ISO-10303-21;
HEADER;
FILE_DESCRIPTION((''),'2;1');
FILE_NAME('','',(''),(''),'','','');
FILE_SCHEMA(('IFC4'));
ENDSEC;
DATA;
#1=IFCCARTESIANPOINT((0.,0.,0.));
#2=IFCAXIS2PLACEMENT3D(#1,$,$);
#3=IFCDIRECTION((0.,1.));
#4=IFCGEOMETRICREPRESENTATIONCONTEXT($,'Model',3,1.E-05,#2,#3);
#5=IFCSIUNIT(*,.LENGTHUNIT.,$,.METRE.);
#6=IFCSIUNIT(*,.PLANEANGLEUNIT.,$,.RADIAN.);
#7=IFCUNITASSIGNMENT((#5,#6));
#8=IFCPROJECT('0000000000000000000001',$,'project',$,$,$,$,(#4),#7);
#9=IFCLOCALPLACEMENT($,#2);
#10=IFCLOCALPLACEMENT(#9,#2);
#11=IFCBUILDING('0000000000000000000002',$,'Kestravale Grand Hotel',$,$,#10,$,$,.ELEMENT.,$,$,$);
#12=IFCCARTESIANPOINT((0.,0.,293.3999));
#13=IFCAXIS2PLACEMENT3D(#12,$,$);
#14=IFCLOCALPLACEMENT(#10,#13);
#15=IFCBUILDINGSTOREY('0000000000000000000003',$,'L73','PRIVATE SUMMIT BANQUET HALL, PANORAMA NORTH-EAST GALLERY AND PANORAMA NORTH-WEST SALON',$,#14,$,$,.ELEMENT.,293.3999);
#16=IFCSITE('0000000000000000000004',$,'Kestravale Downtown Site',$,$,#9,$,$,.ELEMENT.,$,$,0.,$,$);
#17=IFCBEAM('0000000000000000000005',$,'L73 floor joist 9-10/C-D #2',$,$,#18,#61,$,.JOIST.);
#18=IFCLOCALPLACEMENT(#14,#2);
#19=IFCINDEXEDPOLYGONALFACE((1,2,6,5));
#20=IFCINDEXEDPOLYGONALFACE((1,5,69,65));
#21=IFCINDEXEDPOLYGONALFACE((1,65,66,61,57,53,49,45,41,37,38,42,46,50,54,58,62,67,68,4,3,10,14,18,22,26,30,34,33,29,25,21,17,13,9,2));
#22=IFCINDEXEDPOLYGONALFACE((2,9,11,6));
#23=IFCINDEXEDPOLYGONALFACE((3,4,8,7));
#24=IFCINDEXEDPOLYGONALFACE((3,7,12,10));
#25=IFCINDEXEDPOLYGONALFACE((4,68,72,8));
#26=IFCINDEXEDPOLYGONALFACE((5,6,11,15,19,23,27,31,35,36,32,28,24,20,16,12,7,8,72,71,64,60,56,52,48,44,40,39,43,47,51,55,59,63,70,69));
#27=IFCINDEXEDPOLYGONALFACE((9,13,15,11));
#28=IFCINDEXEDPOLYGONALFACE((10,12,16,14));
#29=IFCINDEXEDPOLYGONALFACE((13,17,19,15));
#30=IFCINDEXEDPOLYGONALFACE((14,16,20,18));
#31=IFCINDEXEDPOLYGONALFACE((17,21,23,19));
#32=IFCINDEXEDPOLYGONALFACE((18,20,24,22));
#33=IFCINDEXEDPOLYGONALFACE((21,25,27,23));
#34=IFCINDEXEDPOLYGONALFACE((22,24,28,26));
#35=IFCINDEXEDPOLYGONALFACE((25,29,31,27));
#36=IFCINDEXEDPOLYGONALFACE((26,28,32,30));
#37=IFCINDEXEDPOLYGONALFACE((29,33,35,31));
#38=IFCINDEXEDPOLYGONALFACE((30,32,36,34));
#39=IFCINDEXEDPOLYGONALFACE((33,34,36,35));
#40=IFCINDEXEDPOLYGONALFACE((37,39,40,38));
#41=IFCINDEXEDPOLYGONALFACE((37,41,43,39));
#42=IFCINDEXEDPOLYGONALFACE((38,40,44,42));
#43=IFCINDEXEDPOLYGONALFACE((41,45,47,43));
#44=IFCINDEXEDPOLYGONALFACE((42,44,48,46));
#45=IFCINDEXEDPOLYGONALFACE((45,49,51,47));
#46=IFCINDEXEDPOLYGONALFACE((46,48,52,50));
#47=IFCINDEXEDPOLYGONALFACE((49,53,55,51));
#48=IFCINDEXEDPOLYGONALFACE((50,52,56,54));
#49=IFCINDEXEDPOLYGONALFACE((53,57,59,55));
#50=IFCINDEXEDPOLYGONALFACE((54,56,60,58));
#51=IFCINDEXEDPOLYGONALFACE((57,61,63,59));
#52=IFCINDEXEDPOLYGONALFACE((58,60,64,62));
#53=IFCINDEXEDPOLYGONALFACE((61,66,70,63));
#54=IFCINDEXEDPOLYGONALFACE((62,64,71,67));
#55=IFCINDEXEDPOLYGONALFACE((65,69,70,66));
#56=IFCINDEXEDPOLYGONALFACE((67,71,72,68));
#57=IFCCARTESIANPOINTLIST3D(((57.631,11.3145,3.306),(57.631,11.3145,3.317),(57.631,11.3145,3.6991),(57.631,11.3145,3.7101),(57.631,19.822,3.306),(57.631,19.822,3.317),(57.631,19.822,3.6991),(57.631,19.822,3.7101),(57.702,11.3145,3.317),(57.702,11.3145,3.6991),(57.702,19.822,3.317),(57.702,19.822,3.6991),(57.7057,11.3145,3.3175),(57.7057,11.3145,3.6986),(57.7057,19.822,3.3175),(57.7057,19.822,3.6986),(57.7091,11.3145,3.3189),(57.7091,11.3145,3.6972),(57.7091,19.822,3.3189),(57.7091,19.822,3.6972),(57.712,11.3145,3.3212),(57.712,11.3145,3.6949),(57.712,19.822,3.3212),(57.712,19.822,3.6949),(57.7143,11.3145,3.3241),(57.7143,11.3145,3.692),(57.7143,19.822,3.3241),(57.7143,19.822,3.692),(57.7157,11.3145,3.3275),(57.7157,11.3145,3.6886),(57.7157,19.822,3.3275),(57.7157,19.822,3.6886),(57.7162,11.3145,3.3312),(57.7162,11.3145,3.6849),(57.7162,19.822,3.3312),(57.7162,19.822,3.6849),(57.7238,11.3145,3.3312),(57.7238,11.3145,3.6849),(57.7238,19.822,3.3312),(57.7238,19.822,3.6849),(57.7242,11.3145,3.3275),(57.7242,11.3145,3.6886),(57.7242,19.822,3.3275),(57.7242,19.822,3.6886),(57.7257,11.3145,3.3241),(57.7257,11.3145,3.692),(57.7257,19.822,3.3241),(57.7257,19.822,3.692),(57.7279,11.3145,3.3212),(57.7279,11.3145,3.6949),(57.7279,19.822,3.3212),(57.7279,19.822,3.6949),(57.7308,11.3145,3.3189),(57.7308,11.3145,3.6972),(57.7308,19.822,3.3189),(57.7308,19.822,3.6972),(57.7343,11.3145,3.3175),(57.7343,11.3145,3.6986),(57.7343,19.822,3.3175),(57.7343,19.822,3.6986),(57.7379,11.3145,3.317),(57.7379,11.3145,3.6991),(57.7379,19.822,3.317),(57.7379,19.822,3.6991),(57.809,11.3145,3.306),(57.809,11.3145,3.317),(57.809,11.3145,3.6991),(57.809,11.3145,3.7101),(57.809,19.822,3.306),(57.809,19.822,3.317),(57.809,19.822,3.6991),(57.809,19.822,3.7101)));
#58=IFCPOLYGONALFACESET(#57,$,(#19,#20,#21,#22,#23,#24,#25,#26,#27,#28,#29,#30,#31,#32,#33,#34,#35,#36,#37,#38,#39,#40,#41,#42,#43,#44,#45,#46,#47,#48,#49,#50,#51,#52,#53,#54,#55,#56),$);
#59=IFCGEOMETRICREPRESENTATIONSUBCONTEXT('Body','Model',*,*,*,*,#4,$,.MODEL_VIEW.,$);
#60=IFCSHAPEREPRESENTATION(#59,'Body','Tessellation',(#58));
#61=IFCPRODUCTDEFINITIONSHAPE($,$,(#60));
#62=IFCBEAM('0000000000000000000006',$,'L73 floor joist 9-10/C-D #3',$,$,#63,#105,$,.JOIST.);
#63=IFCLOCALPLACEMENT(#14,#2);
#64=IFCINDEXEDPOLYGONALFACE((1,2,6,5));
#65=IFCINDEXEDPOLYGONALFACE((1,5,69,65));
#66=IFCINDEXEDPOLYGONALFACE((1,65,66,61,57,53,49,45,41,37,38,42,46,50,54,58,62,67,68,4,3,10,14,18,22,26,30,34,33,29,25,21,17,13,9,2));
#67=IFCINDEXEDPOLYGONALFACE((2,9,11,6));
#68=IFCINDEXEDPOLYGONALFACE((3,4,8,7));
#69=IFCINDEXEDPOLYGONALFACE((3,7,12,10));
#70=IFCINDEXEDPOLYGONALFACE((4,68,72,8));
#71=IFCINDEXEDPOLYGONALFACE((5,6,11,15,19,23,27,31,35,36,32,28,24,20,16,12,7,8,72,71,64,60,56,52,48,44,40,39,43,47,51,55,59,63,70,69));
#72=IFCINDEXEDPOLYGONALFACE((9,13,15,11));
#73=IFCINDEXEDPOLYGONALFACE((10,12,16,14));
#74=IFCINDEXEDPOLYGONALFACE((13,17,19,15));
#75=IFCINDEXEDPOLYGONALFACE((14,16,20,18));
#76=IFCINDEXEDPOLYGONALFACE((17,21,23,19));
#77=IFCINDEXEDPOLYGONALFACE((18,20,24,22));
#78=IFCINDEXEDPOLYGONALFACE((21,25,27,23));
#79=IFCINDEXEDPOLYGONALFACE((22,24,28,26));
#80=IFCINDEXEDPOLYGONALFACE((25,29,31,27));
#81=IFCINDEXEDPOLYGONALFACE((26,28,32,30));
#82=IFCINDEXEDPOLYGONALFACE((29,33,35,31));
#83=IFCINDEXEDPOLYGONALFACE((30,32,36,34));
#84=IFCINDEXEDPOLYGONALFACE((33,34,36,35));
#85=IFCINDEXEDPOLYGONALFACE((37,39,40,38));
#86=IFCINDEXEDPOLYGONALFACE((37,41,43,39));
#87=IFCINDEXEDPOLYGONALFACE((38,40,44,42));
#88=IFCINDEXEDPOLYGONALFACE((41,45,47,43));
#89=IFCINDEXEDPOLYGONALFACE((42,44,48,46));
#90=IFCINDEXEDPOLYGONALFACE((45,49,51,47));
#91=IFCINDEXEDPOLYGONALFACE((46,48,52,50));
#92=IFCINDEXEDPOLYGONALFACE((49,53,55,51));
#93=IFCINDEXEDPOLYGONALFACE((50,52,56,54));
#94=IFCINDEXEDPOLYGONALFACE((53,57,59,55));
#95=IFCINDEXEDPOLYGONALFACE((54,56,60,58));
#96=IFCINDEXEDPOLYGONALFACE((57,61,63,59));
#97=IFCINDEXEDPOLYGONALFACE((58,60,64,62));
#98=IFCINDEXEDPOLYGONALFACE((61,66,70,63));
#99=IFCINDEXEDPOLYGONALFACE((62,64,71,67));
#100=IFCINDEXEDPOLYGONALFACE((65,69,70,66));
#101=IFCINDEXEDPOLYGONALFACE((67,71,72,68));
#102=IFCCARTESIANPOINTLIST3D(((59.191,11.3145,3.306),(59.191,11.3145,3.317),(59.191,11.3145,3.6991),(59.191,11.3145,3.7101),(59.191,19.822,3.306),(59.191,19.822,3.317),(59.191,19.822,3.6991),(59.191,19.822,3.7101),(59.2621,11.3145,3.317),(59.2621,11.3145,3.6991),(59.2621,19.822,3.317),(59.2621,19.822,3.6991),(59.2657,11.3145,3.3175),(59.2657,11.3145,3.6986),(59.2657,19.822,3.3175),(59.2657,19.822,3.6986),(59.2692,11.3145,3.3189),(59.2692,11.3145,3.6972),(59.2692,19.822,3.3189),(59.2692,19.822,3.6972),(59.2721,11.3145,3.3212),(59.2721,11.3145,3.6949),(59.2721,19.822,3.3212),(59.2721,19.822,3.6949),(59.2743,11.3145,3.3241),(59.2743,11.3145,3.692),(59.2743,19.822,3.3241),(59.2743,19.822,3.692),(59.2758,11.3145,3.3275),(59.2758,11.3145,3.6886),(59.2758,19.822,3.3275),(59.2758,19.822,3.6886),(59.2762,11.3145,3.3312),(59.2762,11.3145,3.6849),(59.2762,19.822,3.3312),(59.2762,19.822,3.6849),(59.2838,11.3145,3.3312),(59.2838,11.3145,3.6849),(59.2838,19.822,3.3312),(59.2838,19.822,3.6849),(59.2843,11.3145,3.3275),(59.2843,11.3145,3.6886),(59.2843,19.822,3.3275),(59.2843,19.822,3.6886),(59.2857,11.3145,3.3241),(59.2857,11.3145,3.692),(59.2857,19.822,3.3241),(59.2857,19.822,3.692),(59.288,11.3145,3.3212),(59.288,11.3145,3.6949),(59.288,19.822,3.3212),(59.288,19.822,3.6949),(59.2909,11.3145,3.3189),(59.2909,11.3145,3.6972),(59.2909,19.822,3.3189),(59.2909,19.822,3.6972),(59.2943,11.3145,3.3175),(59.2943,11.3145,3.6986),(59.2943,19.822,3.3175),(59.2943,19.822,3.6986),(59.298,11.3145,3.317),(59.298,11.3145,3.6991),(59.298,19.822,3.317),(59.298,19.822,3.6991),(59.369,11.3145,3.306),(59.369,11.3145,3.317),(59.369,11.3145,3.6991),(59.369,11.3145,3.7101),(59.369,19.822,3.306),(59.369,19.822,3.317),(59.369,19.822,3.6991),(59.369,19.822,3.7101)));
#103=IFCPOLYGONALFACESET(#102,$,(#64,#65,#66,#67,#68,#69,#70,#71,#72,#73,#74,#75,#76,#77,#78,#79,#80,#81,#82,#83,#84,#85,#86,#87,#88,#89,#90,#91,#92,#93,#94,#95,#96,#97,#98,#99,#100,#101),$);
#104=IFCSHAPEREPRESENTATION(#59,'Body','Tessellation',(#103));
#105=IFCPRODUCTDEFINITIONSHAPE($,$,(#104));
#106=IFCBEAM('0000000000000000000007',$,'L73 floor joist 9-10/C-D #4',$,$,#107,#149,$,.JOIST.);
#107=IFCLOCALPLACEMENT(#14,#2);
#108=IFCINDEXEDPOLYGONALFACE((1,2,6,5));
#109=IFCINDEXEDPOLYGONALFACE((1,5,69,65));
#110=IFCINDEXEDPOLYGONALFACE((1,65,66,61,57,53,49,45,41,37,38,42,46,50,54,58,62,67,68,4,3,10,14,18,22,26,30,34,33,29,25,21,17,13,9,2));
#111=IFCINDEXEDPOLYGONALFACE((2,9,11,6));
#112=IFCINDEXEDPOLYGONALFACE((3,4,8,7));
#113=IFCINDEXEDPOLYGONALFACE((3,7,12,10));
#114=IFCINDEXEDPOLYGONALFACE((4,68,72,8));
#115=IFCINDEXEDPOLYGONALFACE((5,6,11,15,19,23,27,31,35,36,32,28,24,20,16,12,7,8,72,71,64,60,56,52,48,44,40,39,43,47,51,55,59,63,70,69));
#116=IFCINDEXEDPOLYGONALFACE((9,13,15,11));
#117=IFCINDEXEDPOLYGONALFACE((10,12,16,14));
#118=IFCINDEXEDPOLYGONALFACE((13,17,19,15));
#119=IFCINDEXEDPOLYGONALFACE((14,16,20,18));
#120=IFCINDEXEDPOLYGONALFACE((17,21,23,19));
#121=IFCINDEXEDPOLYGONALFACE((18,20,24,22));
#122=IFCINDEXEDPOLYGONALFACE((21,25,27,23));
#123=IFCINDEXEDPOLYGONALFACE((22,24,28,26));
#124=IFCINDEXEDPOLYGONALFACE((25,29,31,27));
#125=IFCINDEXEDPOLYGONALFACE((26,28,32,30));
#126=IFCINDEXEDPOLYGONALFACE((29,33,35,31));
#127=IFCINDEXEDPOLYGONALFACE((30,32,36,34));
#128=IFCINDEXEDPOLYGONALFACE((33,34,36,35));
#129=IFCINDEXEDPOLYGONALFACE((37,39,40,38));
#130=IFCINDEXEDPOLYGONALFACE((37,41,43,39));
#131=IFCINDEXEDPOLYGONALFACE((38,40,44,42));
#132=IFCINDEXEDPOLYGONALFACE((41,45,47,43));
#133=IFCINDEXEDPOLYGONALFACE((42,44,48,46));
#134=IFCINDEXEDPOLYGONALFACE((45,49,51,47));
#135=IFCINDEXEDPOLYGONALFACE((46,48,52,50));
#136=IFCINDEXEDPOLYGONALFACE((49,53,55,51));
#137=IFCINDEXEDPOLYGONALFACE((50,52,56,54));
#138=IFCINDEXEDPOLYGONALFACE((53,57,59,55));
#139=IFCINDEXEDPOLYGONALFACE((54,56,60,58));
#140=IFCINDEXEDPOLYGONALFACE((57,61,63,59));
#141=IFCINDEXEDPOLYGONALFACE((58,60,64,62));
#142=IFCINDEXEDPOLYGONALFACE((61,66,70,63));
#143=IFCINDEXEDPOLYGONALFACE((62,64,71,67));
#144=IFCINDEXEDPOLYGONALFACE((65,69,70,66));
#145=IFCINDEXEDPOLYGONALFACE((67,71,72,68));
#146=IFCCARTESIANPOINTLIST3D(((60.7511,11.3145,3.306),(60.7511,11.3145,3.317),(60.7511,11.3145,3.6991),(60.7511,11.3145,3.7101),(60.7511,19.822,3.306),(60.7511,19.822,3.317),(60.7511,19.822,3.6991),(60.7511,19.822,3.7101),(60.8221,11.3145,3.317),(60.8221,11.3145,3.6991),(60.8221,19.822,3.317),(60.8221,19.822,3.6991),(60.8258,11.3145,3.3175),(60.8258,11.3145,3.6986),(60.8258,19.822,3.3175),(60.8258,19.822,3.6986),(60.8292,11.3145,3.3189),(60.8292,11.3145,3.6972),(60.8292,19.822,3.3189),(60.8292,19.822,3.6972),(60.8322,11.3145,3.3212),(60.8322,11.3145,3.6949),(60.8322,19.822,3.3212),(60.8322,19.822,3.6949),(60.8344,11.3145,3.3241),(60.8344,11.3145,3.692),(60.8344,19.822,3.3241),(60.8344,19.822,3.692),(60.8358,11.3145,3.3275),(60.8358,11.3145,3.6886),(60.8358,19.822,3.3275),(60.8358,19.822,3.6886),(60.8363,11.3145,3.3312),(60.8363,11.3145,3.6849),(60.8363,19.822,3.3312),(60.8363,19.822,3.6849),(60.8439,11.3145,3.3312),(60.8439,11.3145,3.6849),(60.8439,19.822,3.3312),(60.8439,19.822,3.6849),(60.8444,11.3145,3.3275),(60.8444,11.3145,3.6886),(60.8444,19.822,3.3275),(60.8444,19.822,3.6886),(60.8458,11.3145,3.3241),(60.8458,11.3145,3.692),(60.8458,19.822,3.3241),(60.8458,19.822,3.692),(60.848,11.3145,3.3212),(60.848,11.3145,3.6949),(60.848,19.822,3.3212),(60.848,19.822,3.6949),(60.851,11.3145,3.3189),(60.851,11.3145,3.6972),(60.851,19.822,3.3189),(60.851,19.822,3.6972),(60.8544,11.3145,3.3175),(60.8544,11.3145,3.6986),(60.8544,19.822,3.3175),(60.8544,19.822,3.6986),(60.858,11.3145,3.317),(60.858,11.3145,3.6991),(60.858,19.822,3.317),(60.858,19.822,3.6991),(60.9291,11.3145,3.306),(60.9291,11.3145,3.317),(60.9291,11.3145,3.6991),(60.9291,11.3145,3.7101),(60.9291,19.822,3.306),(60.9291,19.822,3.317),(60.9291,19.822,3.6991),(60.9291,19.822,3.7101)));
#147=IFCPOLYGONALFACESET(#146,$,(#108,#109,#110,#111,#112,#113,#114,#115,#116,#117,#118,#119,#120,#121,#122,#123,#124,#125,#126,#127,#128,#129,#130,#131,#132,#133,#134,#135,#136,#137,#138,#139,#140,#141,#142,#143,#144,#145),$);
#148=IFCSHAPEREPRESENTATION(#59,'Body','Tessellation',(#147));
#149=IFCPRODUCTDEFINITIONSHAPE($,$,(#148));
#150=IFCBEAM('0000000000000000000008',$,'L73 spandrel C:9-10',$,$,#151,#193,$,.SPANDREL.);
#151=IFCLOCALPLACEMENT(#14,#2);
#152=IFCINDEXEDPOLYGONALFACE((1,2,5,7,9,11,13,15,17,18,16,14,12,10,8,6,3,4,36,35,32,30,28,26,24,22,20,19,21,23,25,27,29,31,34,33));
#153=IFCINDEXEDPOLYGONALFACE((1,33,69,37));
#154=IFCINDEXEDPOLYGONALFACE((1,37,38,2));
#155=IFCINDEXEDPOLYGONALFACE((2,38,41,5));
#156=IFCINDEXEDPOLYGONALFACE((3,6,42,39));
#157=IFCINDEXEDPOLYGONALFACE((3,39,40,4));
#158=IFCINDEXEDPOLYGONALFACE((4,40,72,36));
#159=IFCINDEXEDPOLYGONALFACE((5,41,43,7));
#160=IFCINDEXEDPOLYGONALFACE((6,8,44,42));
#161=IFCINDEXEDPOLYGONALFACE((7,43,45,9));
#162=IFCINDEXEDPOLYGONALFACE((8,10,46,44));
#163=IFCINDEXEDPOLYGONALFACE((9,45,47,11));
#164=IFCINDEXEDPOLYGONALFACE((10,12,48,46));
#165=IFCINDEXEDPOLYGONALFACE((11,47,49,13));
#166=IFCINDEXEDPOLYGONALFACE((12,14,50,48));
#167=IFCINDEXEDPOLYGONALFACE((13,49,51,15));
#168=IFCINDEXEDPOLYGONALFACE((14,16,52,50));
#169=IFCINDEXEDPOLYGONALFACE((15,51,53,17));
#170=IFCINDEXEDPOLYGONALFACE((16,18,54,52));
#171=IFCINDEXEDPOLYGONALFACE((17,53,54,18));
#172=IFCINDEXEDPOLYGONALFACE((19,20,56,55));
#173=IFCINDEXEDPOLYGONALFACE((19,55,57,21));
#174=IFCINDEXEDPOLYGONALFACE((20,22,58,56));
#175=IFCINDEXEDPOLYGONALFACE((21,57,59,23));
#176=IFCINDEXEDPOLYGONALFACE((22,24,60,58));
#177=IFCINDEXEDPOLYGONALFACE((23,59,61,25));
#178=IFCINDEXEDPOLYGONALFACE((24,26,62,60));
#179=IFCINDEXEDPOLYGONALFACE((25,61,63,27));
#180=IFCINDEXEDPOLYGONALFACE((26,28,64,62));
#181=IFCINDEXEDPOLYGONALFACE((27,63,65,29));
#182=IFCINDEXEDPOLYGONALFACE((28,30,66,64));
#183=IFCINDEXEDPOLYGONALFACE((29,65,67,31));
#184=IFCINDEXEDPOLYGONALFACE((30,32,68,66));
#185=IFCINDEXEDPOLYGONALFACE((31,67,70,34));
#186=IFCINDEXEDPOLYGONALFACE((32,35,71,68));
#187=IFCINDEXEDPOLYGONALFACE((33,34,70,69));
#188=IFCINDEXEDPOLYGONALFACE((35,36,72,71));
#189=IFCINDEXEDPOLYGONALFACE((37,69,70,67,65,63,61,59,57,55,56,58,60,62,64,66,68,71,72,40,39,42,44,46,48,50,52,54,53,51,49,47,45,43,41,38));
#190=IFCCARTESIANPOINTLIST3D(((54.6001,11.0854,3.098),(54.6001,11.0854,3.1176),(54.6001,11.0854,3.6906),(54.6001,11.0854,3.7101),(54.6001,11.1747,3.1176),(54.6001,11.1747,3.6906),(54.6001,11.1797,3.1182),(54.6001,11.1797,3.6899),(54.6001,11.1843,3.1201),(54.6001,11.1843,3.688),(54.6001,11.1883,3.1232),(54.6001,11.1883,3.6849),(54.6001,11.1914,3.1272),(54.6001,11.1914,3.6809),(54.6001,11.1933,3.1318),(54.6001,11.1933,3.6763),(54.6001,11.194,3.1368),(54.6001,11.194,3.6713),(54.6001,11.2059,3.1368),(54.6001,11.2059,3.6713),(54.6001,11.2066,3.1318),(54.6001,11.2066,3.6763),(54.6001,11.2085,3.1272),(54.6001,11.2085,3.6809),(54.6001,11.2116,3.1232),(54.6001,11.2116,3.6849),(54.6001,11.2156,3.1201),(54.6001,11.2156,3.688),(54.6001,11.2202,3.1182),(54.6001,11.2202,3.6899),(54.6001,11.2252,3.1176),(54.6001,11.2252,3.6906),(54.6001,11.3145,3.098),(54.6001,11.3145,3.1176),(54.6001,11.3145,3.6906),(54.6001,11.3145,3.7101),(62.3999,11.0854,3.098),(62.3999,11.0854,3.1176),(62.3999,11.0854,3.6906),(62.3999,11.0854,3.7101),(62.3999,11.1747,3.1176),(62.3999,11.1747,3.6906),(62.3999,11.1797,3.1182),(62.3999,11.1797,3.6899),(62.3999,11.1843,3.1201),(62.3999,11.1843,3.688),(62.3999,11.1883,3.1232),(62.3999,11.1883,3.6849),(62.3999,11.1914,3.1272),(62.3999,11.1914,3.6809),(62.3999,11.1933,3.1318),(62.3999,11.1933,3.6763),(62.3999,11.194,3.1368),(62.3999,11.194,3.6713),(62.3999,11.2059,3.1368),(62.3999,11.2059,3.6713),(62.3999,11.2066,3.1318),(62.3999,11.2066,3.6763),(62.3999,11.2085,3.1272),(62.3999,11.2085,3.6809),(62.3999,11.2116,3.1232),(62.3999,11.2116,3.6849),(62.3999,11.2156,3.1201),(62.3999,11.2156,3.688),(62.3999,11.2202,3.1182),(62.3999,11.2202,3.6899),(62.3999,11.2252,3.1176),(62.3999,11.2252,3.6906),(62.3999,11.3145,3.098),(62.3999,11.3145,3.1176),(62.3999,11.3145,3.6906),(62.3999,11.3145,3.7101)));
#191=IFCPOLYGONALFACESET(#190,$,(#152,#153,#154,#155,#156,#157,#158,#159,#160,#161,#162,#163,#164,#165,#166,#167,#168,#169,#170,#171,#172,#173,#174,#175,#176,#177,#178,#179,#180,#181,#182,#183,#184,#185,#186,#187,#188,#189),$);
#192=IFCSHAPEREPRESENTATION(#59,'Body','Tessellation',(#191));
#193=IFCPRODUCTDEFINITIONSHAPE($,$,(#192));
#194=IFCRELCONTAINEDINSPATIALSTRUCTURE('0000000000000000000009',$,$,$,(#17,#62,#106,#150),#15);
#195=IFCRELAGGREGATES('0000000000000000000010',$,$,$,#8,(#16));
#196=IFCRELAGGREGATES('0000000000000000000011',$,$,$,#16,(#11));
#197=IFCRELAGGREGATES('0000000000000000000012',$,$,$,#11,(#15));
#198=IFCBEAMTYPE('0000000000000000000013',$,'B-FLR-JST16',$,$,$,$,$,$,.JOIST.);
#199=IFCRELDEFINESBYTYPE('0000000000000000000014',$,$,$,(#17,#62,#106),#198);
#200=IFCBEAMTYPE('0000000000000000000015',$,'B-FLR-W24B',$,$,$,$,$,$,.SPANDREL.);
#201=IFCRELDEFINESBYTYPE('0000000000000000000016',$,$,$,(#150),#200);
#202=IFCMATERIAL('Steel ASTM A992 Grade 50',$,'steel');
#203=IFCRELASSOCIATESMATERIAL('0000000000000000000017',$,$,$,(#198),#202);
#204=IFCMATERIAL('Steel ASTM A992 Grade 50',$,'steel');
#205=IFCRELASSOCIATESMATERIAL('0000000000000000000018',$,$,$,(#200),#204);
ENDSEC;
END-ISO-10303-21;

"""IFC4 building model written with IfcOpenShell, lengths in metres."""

from ifc_helpers import new_model, si_unit, direction, frame, origin, origin_2d, place, context, subcontext, project, spatial, i_section, extrude, material, material_profile, profile_set, type_object, element, save


model = new_model("IFC4")

# Units and contexts
model_context = context("Model", 3, precision=1e-05, world=origin(), true_north=direction((0.0, 1.0)))
body_context = subcontext(model_context, "Body", "Model", "MODEL_VIEW")
ifc_project = project(units=[si_unit("LENGTHUNIT", "METRE"), si_unit("PLANEANGLEUNIT", "RADIAN")], contexts=[model_context])

# Site, building, storey
site_placement = place(None, origin())
site = spatial("IfcSite", under=ifc_project, at=site_placement, Name="Kestravale Downtown Site", CompositionType="ELEMENT", RefElevation=0.0)
building_placement = place(site_placement, origin())
building = spatial("IfcBuilding", under=site, at=building_placement, Name="Kestravale Grand Hotel", CompositionType="ELEMENT")
storey_placement = place(building_placement, frame((0.0, 0.0, 293.3999)))
storey = spatial("IfcBuildingStorey", under=building, at=storey_placement, Name="L73", Description="PRIVATE SUMMIT BANQUET HALL, PANORAMA NORTH-EAST GALLERY AND PANORAMA NORTH-WEST SALON", CompositionType="ELEMENT", Elevation=293.3999)

# Beams
ifc_material_1 = material(Name="Steel ASTM A992 Grade 50", Category="steel")
ifc_material_profile_1 = material_profile(ifc_material_1, i_section(OverallWidth=0.178, OverallDepth=0.4041, WebThickness=0.0076, FlangeThickness=0.011, FilletRadius=0.0142, at=origin_2d()))
ifc_profile_set_1 = profile_set([ifc_material_profile_1], Name="Steel ASTM A992 Grade 50")
beam_type_1 = type_object("IfcBeamType", Name="B-FLR-JST16", PredefinedType="JOIST", material=ifc_profile_set_1)
for number, where, z_axis, x_axis, name in (
    (1, (57.72, 11.3145, 3.5081), (0.0, 1.0, 0.0), (-1.0, 0.0, 0.0), "L73 floor joist 9-10/C-D #2"),
    (2, (59.28, 11.3145, 3.5081), (0.0, 1.0, 0.0), (-1.0, 0.0, 0.0), "L73 floor joist 9-10/C-D #3"),
    (3, (60.8401, 11.3145, 3.5081), (0.0, 1.0, 0.0), (-1.0, 0.0, 0.0), "L73 floor joist 9-10/C-D #4"),
):
    element("IfcBeam", number, at=place(storey_placement, frame(where, z_axis=z_axis, x_axis=x_axis)), inside=storey, type_object=beam_type_1, Name=name, PredefinedType="JOIST", context=body_context, shape_type="SweptSolid", body=[
        extrude(i_section(OverallWidth=0.178, OverallDepth=0.4041, WebThickness=0.0076, FlangeThickness=0.011, FilletRadius=0.0142, at=origin_2d()), origin(), (0.0, 0.0, 1.0), 8.5076),
    ])
ifc_material_2 = material(Name="Steel ASTM A992 Grade 50", Category="steel")
ifc_material_profile_2 = material_profile(ifc_material_2, i_section(OverallWidth=0.229, OverallDepth=0.6121, WebThickness=0.012, FlangeThickness=0.0195, FilletRadius=0.0193, at=origin_2d()))
ifc_profile_set_2 = profile_set([ifc_material_profile_2], Name="Steel ASTM A992 Grade 50")
beam_type_2 = type_object("IfcBeamType", Name="B-FLR-W24B", PredefinedType="SPANDREL", material=ifc_profile_set_2)
beam_placement = place(storey_placement, frame((54.6001, 11.2, 3.4041), z_axis=(1.0, 0.0, 0.0), x_axis=(0.0, 1.0, 0.0)))
element("IfcBeam", 4, at=beam_placement, inside=storey, type_object=beam_type_2, Name="L73 spandrel C:9-10", PredefinedType="SPANDREL", context=body_context, shape_type="SweptSolid", body=[
    extrude(i_section(OverallWidth=0.229, OverallDepth=0.6121, WebThickness=0.012, FlangeThickness=0.0195, FilletRadius=0.0193, at=origin_2d()), origin(), (0.0, 0.0, 1.0), 7.7998),
])

save(model, "model.ifc")
